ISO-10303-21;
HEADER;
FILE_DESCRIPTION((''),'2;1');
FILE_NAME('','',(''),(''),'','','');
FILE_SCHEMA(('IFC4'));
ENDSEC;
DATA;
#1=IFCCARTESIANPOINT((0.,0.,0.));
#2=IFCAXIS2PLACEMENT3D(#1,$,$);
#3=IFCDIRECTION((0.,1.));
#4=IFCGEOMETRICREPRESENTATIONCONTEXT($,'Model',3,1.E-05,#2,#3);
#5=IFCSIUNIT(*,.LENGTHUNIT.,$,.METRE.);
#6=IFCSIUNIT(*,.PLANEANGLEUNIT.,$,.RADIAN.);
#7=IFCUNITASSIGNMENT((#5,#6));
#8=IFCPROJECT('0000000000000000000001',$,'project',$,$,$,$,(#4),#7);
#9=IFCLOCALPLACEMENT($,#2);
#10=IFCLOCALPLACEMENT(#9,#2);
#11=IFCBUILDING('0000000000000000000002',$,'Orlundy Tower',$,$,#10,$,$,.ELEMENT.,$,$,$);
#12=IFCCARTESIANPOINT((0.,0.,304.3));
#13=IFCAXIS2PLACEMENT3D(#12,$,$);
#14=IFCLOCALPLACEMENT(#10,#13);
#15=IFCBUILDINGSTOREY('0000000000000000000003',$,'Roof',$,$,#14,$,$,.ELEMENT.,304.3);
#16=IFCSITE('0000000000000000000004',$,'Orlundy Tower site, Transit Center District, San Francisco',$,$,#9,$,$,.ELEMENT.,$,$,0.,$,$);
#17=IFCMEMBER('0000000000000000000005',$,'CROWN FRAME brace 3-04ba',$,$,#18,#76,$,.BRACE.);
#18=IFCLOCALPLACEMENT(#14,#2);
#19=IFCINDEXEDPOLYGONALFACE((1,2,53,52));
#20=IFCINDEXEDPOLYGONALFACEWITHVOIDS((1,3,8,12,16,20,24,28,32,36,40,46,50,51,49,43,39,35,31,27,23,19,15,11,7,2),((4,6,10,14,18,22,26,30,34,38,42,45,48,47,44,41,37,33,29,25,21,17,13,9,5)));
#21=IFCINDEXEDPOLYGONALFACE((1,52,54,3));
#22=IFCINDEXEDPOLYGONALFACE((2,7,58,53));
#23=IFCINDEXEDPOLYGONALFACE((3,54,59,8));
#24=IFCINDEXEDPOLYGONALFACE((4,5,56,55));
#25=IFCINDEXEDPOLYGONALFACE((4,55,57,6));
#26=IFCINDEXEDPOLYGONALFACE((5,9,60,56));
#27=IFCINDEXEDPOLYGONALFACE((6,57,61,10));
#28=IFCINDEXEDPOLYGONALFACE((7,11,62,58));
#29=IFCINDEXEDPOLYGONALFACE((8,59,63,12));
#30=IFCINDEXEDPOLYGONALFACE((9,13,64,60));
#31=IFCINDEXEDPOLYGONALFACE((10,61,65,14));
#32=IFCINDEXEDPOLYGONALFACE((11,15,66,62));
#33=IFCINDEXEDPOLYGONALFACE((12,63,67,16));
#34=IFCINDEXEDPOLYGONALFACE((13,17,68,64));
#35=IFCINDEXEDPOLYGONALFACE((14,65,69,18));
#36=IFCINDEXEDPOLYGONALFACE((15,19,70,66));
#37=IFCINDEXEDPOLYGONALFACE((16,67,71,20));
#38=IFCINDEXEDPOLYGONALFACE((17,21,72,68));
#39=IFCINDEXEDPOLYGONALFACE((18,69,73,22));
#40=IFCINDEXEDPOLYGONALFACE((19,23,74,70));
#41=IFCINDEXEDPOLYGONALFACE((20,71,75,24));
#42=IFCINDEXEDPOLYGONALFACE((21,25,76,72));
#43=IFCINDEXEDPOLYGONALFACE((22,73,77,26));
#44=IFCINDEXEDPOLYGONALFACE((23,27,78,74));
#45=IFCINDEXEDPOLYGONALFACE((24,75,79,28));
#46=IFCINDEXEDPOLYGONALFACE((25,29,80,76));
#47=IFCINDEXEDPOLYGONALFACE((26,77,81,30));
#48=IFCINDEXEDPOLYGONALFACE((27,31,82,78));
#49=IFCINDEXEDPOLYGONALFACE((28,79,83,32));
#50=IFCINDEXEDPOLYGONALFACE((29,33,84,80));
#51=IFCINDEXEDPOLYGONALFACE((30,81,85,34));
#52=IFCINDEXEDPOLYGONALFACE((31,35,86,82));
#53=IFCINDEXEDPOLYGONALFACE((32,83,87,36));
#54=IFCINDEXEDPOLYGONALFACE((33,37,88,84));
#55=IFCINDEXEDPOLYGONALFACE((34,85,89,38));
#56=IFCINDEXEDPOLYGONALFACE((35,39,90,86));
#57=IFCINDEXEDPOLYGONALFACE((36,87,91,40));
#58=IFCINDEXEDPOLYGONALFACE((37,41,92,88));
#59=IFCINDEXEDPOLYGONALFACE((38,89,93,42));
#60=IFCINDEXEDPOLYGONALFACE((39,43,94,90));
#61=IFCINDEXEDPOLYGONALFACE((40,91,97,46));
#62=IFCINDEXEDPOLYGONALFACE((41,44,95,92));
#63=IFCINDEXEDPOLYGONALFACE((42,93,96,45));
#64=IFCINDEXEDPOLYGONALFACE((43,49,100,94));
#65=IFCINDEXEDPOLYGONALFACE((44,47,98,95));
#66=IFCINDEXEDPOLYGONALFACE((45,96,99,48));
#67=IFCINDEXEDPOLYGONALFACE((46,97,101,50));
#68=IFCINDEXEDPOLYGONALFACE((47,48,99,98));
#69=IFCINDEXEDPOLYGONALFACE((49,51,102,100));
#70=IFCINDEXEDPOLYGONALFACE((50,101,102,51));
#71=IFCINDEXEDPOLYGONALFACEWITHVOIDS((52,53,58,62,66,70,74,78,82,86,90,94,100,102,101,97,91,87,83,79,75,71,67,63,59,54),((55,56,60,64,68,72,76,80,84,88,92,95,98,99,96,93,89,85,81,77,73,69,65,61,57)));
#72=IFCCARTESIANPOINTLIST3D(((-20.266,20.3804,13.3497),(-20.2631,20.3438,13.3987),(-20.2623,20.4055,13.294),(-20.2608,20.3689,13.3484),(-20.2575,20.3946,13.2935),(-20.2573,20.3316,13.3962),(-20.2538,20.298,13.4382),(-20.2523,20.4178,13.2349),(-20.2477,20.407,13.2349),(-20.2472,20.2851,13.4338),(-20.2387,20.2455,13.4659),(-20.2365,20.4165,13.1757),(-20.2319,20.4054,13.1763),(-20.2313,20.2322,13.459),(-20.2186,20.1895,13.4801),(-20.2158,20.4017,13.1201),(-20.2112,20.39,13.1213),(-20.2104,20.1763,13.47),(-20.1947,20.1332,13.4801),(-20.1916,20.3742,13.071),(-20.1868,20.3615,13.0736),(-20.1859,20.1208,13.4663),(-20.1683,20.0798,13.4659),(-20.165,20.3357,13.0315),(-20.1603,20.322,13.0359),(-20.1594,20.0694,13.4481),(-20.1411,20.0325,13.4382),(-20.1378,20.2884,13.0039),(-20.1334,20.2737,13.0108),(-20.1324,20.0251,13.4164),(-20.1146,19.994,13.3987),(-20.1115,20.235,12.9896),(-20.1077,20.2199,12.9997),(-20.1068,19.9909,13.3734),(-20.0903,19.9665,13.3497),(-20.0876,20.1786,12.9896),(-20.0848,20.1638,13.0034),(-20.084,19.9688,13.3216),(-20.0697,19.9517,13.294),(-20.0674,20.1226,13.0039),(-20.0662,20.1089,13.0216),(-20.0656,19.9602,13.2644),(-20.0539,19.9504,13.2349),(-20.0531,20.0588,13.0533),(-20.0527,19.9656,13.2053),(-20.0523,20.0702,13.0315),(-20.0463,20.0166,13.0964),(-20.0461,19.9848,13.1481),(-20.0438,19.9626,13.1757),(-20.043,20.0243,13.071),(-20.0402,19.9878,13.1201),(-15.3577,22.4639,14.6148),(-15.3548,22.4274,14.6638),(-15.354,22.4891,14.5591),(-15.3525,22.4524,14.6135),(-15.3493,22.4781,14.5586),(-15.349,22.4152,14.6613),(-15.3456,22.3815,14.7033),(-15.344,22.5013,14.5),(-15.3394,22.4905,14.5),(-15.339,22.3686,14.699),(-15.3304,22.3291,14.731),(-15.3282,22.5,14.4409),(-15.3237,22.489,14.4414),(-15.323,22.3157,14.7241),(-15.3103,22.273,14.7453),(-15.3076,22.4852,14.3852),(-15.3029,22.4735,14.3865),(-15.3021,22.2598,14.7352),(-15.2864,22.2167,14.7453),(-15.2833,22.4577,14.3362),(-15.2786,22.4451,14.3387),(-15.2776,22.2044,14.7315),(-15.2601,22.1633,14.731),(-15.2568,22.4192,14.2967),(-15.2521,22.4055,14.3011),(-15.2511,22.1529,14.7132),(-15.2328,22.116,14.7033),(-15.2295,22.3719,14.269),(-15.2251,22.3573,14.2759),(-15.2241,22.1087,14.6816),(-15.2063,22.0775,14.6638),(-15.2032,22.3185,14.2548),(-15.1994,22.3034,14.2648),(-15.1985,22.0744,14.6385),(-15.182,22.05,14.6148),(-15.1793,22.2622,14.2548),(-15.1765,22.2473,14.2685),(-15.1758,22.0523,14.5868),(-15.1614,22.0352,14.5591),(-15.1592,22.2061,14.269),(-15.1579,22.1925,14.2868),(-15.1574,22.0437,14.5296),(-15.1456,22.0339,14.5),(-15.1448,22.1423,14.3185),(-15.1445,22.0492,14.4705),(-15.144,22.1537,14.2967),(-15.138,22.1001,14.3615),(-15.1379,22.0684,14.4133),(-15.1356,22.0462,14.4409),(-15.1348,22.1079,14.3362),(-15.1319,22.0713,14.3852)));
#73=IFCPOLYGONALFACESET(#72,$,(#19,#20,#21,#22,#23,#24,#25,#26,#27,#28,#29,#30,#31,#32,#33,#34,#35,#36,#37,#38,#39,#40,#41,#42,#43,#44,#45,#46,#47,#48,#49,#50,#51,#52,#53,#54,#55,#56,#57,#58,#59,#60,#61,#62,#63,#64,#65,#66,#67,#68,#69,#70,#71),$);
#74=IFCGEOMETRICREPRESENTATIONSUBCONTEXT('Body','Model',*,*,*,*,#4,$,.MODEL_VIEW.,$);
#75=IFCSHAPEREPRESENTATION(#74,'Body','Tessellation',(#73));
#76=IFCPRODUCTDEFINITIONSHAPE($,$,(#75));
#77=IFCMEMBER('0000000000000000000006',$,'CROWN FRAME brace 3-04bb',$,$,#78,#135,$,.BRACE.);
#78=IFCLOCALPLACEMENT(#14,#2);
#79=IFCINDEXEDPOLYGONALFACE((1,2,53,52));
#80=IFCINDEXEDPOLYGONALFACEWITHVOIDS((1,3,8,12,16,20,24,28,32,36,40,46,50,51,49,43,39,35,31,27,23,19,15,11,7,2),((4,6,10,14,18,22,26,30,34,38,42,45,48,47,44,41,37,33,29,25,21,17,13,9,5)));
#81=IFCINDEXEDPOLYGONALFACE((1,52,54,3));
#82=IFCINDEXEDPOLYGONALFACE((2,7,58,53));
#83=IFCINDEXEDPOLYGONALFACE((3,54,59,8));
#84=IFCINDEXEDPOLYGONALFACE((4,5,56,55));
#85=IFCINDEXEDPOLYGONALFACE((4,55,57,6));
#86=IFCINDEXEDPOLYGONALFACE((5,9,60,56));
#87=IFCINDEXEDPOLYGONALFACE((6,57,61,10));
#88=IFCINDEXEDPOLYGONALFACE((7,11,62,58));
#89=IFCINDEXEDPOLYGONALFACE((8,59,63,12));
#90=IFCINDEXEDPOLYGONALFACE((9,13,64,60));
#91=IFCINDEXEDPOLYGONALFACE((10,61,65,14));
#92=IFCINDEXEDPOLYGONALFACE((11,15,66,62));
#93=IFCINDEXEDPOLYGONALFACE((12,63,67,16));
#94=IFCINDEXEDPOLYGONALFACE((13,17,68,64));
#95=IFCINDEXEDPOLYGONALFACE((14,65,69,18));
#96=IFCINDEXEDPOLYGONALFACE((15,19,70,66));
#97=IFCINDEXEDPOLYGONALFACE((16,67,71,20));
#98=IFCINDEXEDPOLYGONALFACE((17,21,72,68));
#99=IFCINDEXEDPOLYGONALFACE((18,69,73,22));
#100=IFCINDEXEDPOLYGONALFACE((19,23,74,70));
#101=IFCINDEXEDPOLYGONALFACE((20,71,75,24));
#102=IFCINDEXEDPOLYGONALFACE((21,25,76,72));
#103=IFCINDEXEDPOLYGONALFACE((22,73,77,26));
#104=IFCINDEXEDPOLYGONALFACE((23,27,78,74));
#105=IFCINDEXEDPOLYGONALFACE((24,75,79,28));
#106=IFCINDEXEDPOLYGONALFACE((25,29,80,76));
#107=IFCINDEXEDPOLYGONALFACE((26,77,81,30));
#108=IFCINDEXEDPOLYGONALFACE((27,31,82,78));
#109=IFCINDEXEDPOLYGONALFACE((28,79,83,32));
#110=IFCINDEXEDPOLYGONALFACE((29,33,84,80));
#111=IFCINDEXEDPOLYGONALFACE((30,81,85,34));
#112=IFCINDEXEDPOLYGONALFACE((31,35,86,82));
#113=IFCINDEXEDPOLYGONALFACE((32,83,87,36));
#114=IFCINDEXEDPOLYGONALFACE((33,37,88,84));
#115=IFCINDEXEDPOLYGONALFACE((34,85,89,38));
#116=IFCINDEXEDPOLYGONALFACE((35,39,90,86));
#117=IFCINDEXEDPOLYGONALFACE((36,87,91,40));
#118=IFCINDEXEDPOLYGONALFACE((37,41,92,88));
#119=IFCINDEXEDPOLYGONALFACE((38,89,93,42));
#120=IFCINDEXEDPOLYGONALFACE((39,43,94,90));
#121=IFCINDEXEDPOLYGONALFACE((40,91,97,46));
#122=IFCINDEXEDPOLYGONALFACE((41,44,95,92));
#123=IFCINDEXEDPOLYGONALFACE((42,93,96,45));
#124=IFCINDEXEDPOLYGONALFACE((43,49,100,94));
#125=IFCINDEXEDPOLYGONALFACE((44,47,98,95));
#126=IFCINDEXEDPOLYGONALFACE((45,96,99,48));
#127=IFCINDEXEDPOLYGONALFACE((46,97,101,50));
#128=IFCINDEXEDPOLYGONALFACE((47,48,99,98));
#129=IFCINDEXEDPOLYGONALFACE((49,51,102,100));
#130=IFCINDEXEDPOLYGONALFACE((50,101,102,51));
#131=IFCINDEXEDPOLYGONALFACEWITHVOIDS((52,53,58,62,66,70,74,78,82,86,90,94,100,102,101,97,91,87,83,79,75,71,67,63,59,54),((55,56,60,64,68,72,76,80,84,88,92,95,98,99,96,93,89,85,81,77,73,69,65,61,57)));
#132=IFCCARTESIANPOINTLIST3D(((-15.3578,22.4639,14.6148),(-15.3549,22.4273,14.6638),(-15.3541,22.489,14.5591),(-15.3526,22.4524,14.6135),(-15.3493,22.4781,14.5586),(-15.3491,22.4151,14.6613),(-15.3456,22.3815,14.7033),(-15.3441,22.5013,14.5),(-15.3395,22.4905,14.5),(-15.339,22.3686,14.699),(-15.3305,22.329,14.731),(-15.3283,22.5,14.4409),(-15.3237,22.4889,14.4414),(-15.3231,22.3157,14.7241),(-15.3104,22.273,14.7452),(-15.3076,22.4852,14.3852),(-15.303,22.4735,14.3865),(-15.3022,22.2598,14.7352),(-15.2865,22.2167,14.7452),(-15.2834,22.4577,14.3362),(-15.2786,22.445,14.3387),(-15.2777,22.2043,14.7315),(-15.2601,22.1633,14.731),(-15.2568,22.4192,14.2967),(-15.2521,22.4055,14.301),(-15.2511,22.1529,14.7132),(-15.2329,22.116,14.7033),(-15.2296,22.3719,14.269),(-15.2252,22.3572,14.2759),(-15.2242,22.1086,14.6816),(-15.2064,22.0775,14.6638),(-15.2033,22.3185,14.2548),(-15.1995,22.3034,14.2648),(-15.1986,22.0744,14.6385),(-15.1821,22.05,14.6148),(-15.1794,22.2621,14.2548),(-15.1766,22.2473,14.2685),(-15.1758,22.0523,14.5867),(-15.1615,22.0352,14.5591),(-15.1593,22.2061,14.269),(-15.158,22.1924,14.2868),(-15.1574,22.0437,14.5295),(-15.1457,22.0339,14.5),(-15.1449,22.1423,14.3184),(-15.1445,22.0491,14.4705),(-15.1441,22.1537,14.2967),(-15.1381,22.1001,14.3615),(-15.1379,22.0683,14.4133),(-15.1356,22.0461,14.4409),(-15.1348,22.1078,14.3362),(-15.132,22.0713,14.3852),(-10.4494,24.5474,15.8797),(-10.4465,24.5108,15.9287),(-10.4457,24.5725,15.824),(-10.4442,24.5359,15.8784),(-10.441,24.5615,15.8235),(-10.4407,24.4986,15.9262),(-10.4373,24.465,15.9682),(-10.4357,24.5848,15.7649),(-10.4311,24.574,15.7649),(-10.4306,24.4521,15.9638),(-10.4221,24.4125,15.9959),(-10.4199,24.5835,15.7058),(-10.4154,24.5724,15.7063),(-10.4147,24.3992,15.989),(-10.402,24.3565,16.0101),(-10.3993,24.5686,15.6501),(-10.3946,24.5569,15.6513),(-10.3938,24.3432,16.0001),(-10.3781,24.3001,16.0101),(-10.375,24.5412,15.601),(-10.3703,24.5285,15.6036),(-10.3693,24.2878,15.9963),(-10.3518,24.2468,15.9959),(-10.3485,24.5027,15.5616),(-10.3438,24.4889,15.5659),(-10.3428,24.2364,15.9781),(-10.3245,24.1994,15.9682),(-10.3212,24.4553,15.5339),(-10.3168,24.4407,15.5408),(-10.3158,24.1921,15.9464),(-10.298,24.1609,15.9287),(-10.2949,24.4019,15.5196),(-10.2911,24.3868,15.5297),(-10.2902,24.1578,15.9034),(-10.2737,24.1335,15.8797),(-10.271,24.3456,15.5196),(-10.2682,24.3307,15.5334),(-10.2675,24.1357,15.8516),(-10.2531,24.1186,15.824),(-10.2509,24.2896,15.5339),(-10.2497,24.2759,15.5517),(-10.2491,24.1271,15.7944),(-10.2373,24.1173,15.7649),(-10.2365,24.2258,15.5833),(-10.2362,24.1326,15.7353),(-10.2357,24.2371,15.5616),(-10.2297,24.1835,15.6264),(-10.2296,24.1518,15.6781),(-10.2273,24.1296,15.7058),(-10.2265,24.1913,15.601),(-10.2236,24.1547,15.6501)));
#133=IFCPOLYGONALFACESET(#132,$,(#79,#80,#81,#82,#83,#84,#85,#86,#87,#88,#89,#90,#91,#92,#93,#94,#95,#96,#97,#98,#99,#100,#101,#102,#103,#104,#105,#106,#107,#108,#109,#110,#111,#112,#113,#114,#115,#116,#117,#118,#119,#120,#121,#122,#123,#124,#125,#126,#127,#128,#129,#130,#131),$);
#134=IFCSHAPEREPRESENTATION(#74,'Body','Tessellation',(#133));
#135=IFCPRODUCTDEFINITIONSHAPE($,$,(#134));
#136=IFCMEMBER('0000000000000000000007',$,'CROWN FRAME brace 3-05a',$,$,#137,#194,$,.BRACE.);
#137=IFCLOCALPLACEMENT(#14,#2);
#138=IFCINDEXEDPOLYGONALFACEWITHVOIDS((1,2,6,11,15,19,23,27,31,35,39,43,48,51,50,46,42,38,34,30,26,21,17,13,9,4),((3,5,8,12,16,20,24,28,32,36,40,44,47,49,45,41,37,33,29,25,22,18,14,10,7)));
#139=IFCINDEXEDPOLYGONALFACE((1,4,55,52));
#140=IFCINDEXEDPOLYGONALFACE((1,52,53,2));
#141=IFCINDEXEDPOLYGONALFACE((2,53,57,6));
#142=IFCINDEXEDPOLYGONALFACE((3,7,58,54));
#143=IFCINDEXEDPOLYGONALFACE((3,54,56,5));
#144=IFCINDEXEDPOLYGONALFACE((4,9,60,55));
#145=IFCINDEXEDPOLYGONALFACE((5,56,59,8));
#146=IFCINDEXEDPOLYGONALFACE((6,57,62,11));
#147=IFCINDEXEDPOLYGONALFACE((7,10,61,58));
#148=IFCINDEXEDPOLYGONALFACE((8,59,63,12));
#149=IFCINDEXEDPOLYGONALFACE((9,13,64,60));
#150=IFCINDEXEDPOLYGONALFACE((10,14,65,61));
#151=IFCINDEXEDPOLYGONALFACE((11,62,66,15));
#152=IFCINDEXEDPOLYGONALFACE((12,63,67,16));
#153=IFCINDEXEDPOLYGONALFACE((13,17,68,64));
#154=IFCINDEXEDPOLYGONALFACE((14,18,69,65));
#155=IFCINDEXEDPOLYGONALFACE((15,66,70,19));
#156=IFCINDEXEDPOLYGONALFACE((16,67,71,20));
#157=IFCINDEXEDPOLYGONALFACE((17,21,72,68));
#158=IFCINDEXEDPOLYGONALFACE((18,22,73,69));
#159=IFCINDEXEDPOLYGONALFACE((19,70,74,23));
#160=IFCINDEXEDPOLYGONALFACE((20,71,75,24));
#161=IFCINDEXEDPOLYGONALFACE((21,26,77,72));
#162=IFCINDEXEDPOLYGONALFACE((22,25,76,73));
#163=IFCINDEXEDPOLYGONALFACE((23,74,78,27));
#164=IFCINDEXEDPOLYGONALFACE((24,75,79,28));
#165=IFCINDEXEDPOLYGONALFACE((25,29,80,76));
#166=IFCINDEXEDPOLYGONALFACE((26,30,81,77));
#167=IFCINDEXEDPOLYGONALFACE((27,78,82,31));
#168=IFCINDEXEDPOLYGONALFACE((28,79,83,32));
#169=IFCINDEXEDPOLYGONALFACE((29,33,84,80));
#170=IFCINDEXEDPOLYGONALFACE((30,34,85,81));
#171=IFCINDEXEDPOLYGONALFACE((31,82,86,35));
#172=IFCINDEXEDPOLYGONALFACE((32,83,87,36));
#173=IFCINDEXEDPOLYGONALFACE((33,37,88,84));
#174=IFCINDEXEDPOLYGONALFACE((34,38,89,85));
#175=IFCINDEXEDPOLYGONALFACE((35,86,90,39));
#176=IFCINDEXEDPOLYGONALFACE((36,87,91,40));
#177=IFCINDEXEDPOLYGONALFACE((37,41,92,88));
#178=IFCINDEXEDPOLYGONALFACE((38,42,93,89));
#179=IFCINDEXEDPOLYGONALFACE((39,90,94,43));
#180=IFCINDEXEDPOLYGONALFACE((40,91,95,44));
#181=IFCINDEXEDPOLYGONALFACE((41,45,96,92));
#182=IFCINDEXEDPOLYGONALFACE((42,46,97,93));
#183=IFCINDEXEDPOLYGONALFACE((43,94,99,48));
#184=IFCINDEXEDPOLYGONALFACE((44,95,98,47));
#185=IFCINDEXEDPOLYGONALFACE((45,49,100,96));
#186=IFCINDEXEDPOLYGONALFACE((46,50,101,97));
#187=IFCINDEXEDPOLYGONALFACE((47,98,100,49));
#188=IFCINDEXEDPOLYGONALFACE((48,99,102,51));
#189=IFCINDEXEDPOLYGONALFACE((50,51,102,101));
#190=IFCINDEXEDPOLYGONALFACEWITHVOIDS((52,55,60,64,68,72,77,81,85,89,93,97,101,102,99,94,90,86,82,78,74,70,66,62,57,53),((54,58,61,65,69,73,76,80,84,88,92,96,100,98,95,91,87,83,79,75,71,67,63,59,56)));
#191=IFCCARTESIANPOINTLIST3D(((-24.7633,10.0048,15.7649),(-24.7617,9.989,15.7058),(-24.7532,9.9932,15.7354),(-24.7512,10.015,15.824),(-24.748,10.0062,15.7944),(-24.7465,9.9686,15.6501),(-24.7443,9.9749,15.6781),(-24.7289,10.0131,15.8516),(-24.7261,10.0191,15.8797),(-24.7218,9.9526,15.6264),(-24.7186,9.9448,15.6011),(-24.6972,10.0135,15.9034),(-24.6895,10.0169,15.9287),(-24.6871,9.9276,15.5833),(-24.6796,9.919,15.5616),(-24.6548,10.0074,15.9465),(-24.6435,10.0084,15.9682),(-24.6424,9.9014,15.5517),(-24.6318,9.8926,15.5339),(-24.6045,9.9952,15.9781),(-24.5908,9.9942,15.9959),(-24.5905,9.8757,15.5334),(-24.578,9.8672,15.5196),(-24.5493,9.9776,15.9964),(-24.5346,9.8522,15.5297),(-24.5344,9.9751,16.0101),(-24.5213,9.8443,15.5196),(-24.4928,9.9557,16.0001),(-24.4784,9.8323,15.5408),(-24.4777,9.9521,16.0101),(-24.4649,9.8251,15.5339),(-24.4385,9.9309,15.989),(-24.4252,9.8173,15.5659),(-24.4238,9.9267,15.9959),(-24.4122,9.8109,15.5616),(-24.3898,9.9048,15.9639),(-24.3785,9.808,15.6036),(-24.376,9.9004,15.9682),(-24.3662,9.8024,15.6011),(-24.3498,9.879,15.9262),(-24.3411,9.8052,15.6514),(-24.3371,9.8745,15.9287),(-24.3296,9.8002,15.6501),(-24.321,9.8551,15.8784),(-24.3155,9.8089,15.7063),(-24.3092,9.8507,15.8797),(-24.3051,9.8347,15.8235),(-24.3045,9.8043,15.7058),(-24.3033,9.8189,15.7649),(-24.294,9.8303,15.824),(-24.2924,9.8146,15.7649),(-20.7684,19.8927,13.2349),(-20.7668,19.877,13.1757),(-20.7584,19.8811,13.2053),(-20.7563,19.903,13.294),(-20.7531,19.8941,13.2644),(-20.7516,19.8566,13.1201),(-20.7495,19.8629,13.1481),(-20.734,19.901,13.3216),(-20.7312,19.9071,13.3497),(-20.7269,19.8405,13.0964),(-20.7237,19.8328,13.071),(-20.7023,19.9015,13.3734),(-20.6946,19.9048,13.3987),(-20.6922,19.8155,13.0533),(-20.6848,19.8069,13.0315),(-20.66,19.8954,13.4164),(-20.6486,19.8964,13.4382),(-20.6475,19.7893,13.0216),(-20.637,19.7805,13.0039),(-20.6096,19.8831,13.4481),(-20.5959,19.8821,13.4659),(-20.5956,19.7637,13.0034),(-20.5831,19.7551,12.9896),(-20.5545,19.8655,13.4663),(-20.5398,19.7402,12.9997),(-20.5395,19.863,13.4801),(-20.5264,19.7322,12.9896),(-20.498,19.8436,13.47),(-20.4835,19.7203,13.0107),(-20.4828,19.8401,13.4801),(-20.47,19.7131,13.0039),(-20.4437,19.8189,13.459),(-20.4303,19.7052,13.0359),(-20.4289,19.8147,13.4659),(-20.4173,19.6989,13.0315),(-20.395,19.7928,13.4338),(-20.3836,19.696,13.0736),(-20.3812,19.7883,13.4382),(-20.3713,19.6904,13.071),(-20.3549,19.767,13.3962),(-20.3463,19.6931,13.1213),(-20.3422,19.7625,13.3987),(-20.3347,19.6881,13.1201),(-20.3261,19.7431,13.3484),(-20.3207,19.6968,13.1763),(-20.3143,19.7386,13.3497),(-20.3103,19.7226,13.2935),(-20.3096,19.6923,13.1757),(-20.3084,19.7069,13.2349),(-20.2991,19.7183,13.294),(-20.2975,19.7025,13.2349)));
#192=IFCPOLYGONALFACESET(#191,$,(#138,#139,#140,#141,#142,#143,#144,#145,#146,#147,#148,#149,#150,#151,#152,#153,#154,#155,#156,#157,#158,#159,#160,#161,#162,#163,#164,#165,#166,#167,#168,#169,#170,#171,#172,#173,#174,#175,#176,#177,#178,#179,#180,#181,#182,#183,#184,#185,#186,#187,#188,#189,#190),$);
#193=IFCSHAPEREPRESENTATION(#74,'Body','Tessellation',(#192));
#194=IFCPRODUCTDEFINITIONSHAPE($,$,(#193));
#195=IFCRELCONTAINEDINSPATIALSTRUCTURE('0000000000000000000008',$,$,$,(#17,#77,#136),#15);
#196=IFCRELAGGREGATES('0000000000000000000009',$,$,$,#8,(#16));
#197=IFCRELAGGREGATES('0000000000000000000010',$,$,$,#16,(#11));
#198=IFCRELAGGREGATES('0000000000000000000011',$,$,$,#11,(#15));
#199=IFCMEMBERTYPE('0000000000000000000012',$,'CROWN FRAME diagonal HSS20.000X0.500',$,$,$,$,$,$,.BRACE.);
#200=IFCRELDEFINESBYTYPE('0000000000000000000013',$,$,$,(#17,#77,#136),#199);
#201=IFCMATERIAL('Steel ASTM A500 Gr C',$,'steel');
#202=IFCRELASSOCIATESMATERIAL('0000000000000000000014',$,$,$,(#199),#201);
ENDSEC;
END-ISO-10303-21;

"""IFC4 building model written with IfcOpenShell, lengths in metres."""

from ifc_helpers import new_model, si_unit, direction, frame, origin, origin_2d, place, context, subcontext, project, spatial, hollow_circle, extrude, material, material_profile, profile_set, type_object, element, save


model = new_model("IFC4")

# Units and contexts
model_context = context("Model", 3, precision=1e-05, world=origin(), true_north=direction((0.0, 1.0)))
body_context = subcontext(model_context, "Body", "Model", "MODEL_VIEW")
ifc_project = project(units=[si_unit("LENGTHUNIT", "METRE"), si_unit("PLANEANGLEUNIT", "RADIAN")], contexts=[model_context])

# Site, building, storey
site_placement = place(None, origin())
site = spatial("IfcSite", under=ifc_project, at=site_placement, Name="Orlundy Tower site, Transit Center District, San Francisco", CompositionType="ELEMENT", RefElevation=0.0)
building_placement = place(site_placement, origin())
building = spatial("IfcBuilding", under=site, at=building_placement, Name="Orlundy Tower", CompositionType="ELEMENT")
storey_placement = place(building_placement, frame((0.0, 0.0, 304.3)))
storey = spatial("IfcBuildingStorey", under=building, at=storey_placement, Name="Roof", CompositionType="ELEMENT", Elevation=304.3)

# Members
ifc_material_1 = material(Name="Steel ASTM A500 Gr C", Category="steel")
ifc_material_profile_1 = material_profile(ifc_material_1, hollow_circle(Radius=0.2539, WallThickness=0.0117, at=origin_2d()), Name="HSS20.000X0.500")
ifc_profile_set_1 = profile_set([ifc_material_profile_1], Name="Steel ASTM A500 Gr C")
member_type_1 = type_object("IfcMemberType", Name="CROWN FRAME diagonal HSS20.000X0.500", PredefinedType="BRACE", material=ifc_profile_set_1)
for number, where, z_axis, x_axis, name in (
    (1, (-20.1531, 20.1841, 13.2349), (0.895634, 0.38019, 0.230858), (-0.390745, 0.920499, 0.0), "CROWN FRAME brace 3-04ba"),
    (2, (-15.2449, 22.2676, 14.5), (0.895652, 0.380179, 0.230807), (-0.390729, 0.920506, 0.0), "CROWN FRAME brace 3-04bb"),
):
    element("IfcMember", number, at=place(storey_placement, frame(where, z_axis=z_axis, x_axis=x_axis)), inside=storey, type_object=member_type_1, Name=name, PredefinedType="BRACE", context=body_context, shape_type="SweptSolid", body=[
        extrude(hollow_circle(Radius=0.2539, WallThickness=0.0117, at=origin_2d()), origin(), (0.0, 0.0, 1.0), 5.4802),
    ])
member_1_placement = place(storey_placement, frame((-20.533, 19.7976, 13.2349), z_axis=(-0.364481, -0.902147, 0.230833), x_axis=(0.927188, -0.374597, 0.0)))
element("IfcMember", 3, at=member_1_placement, inside=storey, type_object=member_type_1, Name="CROWN FRAME brace 3-05a", PredefinedType="BRACE", context=body_context, shape_type="SweptSolid", body=[
    extrude(hollow_circle(Radius=0.2539, WallThickness=0.0117, at=origin_2d()), origin(), (0.0, 0.0, 1.0), 10.9604),
])

save(model, "model.ifc")
